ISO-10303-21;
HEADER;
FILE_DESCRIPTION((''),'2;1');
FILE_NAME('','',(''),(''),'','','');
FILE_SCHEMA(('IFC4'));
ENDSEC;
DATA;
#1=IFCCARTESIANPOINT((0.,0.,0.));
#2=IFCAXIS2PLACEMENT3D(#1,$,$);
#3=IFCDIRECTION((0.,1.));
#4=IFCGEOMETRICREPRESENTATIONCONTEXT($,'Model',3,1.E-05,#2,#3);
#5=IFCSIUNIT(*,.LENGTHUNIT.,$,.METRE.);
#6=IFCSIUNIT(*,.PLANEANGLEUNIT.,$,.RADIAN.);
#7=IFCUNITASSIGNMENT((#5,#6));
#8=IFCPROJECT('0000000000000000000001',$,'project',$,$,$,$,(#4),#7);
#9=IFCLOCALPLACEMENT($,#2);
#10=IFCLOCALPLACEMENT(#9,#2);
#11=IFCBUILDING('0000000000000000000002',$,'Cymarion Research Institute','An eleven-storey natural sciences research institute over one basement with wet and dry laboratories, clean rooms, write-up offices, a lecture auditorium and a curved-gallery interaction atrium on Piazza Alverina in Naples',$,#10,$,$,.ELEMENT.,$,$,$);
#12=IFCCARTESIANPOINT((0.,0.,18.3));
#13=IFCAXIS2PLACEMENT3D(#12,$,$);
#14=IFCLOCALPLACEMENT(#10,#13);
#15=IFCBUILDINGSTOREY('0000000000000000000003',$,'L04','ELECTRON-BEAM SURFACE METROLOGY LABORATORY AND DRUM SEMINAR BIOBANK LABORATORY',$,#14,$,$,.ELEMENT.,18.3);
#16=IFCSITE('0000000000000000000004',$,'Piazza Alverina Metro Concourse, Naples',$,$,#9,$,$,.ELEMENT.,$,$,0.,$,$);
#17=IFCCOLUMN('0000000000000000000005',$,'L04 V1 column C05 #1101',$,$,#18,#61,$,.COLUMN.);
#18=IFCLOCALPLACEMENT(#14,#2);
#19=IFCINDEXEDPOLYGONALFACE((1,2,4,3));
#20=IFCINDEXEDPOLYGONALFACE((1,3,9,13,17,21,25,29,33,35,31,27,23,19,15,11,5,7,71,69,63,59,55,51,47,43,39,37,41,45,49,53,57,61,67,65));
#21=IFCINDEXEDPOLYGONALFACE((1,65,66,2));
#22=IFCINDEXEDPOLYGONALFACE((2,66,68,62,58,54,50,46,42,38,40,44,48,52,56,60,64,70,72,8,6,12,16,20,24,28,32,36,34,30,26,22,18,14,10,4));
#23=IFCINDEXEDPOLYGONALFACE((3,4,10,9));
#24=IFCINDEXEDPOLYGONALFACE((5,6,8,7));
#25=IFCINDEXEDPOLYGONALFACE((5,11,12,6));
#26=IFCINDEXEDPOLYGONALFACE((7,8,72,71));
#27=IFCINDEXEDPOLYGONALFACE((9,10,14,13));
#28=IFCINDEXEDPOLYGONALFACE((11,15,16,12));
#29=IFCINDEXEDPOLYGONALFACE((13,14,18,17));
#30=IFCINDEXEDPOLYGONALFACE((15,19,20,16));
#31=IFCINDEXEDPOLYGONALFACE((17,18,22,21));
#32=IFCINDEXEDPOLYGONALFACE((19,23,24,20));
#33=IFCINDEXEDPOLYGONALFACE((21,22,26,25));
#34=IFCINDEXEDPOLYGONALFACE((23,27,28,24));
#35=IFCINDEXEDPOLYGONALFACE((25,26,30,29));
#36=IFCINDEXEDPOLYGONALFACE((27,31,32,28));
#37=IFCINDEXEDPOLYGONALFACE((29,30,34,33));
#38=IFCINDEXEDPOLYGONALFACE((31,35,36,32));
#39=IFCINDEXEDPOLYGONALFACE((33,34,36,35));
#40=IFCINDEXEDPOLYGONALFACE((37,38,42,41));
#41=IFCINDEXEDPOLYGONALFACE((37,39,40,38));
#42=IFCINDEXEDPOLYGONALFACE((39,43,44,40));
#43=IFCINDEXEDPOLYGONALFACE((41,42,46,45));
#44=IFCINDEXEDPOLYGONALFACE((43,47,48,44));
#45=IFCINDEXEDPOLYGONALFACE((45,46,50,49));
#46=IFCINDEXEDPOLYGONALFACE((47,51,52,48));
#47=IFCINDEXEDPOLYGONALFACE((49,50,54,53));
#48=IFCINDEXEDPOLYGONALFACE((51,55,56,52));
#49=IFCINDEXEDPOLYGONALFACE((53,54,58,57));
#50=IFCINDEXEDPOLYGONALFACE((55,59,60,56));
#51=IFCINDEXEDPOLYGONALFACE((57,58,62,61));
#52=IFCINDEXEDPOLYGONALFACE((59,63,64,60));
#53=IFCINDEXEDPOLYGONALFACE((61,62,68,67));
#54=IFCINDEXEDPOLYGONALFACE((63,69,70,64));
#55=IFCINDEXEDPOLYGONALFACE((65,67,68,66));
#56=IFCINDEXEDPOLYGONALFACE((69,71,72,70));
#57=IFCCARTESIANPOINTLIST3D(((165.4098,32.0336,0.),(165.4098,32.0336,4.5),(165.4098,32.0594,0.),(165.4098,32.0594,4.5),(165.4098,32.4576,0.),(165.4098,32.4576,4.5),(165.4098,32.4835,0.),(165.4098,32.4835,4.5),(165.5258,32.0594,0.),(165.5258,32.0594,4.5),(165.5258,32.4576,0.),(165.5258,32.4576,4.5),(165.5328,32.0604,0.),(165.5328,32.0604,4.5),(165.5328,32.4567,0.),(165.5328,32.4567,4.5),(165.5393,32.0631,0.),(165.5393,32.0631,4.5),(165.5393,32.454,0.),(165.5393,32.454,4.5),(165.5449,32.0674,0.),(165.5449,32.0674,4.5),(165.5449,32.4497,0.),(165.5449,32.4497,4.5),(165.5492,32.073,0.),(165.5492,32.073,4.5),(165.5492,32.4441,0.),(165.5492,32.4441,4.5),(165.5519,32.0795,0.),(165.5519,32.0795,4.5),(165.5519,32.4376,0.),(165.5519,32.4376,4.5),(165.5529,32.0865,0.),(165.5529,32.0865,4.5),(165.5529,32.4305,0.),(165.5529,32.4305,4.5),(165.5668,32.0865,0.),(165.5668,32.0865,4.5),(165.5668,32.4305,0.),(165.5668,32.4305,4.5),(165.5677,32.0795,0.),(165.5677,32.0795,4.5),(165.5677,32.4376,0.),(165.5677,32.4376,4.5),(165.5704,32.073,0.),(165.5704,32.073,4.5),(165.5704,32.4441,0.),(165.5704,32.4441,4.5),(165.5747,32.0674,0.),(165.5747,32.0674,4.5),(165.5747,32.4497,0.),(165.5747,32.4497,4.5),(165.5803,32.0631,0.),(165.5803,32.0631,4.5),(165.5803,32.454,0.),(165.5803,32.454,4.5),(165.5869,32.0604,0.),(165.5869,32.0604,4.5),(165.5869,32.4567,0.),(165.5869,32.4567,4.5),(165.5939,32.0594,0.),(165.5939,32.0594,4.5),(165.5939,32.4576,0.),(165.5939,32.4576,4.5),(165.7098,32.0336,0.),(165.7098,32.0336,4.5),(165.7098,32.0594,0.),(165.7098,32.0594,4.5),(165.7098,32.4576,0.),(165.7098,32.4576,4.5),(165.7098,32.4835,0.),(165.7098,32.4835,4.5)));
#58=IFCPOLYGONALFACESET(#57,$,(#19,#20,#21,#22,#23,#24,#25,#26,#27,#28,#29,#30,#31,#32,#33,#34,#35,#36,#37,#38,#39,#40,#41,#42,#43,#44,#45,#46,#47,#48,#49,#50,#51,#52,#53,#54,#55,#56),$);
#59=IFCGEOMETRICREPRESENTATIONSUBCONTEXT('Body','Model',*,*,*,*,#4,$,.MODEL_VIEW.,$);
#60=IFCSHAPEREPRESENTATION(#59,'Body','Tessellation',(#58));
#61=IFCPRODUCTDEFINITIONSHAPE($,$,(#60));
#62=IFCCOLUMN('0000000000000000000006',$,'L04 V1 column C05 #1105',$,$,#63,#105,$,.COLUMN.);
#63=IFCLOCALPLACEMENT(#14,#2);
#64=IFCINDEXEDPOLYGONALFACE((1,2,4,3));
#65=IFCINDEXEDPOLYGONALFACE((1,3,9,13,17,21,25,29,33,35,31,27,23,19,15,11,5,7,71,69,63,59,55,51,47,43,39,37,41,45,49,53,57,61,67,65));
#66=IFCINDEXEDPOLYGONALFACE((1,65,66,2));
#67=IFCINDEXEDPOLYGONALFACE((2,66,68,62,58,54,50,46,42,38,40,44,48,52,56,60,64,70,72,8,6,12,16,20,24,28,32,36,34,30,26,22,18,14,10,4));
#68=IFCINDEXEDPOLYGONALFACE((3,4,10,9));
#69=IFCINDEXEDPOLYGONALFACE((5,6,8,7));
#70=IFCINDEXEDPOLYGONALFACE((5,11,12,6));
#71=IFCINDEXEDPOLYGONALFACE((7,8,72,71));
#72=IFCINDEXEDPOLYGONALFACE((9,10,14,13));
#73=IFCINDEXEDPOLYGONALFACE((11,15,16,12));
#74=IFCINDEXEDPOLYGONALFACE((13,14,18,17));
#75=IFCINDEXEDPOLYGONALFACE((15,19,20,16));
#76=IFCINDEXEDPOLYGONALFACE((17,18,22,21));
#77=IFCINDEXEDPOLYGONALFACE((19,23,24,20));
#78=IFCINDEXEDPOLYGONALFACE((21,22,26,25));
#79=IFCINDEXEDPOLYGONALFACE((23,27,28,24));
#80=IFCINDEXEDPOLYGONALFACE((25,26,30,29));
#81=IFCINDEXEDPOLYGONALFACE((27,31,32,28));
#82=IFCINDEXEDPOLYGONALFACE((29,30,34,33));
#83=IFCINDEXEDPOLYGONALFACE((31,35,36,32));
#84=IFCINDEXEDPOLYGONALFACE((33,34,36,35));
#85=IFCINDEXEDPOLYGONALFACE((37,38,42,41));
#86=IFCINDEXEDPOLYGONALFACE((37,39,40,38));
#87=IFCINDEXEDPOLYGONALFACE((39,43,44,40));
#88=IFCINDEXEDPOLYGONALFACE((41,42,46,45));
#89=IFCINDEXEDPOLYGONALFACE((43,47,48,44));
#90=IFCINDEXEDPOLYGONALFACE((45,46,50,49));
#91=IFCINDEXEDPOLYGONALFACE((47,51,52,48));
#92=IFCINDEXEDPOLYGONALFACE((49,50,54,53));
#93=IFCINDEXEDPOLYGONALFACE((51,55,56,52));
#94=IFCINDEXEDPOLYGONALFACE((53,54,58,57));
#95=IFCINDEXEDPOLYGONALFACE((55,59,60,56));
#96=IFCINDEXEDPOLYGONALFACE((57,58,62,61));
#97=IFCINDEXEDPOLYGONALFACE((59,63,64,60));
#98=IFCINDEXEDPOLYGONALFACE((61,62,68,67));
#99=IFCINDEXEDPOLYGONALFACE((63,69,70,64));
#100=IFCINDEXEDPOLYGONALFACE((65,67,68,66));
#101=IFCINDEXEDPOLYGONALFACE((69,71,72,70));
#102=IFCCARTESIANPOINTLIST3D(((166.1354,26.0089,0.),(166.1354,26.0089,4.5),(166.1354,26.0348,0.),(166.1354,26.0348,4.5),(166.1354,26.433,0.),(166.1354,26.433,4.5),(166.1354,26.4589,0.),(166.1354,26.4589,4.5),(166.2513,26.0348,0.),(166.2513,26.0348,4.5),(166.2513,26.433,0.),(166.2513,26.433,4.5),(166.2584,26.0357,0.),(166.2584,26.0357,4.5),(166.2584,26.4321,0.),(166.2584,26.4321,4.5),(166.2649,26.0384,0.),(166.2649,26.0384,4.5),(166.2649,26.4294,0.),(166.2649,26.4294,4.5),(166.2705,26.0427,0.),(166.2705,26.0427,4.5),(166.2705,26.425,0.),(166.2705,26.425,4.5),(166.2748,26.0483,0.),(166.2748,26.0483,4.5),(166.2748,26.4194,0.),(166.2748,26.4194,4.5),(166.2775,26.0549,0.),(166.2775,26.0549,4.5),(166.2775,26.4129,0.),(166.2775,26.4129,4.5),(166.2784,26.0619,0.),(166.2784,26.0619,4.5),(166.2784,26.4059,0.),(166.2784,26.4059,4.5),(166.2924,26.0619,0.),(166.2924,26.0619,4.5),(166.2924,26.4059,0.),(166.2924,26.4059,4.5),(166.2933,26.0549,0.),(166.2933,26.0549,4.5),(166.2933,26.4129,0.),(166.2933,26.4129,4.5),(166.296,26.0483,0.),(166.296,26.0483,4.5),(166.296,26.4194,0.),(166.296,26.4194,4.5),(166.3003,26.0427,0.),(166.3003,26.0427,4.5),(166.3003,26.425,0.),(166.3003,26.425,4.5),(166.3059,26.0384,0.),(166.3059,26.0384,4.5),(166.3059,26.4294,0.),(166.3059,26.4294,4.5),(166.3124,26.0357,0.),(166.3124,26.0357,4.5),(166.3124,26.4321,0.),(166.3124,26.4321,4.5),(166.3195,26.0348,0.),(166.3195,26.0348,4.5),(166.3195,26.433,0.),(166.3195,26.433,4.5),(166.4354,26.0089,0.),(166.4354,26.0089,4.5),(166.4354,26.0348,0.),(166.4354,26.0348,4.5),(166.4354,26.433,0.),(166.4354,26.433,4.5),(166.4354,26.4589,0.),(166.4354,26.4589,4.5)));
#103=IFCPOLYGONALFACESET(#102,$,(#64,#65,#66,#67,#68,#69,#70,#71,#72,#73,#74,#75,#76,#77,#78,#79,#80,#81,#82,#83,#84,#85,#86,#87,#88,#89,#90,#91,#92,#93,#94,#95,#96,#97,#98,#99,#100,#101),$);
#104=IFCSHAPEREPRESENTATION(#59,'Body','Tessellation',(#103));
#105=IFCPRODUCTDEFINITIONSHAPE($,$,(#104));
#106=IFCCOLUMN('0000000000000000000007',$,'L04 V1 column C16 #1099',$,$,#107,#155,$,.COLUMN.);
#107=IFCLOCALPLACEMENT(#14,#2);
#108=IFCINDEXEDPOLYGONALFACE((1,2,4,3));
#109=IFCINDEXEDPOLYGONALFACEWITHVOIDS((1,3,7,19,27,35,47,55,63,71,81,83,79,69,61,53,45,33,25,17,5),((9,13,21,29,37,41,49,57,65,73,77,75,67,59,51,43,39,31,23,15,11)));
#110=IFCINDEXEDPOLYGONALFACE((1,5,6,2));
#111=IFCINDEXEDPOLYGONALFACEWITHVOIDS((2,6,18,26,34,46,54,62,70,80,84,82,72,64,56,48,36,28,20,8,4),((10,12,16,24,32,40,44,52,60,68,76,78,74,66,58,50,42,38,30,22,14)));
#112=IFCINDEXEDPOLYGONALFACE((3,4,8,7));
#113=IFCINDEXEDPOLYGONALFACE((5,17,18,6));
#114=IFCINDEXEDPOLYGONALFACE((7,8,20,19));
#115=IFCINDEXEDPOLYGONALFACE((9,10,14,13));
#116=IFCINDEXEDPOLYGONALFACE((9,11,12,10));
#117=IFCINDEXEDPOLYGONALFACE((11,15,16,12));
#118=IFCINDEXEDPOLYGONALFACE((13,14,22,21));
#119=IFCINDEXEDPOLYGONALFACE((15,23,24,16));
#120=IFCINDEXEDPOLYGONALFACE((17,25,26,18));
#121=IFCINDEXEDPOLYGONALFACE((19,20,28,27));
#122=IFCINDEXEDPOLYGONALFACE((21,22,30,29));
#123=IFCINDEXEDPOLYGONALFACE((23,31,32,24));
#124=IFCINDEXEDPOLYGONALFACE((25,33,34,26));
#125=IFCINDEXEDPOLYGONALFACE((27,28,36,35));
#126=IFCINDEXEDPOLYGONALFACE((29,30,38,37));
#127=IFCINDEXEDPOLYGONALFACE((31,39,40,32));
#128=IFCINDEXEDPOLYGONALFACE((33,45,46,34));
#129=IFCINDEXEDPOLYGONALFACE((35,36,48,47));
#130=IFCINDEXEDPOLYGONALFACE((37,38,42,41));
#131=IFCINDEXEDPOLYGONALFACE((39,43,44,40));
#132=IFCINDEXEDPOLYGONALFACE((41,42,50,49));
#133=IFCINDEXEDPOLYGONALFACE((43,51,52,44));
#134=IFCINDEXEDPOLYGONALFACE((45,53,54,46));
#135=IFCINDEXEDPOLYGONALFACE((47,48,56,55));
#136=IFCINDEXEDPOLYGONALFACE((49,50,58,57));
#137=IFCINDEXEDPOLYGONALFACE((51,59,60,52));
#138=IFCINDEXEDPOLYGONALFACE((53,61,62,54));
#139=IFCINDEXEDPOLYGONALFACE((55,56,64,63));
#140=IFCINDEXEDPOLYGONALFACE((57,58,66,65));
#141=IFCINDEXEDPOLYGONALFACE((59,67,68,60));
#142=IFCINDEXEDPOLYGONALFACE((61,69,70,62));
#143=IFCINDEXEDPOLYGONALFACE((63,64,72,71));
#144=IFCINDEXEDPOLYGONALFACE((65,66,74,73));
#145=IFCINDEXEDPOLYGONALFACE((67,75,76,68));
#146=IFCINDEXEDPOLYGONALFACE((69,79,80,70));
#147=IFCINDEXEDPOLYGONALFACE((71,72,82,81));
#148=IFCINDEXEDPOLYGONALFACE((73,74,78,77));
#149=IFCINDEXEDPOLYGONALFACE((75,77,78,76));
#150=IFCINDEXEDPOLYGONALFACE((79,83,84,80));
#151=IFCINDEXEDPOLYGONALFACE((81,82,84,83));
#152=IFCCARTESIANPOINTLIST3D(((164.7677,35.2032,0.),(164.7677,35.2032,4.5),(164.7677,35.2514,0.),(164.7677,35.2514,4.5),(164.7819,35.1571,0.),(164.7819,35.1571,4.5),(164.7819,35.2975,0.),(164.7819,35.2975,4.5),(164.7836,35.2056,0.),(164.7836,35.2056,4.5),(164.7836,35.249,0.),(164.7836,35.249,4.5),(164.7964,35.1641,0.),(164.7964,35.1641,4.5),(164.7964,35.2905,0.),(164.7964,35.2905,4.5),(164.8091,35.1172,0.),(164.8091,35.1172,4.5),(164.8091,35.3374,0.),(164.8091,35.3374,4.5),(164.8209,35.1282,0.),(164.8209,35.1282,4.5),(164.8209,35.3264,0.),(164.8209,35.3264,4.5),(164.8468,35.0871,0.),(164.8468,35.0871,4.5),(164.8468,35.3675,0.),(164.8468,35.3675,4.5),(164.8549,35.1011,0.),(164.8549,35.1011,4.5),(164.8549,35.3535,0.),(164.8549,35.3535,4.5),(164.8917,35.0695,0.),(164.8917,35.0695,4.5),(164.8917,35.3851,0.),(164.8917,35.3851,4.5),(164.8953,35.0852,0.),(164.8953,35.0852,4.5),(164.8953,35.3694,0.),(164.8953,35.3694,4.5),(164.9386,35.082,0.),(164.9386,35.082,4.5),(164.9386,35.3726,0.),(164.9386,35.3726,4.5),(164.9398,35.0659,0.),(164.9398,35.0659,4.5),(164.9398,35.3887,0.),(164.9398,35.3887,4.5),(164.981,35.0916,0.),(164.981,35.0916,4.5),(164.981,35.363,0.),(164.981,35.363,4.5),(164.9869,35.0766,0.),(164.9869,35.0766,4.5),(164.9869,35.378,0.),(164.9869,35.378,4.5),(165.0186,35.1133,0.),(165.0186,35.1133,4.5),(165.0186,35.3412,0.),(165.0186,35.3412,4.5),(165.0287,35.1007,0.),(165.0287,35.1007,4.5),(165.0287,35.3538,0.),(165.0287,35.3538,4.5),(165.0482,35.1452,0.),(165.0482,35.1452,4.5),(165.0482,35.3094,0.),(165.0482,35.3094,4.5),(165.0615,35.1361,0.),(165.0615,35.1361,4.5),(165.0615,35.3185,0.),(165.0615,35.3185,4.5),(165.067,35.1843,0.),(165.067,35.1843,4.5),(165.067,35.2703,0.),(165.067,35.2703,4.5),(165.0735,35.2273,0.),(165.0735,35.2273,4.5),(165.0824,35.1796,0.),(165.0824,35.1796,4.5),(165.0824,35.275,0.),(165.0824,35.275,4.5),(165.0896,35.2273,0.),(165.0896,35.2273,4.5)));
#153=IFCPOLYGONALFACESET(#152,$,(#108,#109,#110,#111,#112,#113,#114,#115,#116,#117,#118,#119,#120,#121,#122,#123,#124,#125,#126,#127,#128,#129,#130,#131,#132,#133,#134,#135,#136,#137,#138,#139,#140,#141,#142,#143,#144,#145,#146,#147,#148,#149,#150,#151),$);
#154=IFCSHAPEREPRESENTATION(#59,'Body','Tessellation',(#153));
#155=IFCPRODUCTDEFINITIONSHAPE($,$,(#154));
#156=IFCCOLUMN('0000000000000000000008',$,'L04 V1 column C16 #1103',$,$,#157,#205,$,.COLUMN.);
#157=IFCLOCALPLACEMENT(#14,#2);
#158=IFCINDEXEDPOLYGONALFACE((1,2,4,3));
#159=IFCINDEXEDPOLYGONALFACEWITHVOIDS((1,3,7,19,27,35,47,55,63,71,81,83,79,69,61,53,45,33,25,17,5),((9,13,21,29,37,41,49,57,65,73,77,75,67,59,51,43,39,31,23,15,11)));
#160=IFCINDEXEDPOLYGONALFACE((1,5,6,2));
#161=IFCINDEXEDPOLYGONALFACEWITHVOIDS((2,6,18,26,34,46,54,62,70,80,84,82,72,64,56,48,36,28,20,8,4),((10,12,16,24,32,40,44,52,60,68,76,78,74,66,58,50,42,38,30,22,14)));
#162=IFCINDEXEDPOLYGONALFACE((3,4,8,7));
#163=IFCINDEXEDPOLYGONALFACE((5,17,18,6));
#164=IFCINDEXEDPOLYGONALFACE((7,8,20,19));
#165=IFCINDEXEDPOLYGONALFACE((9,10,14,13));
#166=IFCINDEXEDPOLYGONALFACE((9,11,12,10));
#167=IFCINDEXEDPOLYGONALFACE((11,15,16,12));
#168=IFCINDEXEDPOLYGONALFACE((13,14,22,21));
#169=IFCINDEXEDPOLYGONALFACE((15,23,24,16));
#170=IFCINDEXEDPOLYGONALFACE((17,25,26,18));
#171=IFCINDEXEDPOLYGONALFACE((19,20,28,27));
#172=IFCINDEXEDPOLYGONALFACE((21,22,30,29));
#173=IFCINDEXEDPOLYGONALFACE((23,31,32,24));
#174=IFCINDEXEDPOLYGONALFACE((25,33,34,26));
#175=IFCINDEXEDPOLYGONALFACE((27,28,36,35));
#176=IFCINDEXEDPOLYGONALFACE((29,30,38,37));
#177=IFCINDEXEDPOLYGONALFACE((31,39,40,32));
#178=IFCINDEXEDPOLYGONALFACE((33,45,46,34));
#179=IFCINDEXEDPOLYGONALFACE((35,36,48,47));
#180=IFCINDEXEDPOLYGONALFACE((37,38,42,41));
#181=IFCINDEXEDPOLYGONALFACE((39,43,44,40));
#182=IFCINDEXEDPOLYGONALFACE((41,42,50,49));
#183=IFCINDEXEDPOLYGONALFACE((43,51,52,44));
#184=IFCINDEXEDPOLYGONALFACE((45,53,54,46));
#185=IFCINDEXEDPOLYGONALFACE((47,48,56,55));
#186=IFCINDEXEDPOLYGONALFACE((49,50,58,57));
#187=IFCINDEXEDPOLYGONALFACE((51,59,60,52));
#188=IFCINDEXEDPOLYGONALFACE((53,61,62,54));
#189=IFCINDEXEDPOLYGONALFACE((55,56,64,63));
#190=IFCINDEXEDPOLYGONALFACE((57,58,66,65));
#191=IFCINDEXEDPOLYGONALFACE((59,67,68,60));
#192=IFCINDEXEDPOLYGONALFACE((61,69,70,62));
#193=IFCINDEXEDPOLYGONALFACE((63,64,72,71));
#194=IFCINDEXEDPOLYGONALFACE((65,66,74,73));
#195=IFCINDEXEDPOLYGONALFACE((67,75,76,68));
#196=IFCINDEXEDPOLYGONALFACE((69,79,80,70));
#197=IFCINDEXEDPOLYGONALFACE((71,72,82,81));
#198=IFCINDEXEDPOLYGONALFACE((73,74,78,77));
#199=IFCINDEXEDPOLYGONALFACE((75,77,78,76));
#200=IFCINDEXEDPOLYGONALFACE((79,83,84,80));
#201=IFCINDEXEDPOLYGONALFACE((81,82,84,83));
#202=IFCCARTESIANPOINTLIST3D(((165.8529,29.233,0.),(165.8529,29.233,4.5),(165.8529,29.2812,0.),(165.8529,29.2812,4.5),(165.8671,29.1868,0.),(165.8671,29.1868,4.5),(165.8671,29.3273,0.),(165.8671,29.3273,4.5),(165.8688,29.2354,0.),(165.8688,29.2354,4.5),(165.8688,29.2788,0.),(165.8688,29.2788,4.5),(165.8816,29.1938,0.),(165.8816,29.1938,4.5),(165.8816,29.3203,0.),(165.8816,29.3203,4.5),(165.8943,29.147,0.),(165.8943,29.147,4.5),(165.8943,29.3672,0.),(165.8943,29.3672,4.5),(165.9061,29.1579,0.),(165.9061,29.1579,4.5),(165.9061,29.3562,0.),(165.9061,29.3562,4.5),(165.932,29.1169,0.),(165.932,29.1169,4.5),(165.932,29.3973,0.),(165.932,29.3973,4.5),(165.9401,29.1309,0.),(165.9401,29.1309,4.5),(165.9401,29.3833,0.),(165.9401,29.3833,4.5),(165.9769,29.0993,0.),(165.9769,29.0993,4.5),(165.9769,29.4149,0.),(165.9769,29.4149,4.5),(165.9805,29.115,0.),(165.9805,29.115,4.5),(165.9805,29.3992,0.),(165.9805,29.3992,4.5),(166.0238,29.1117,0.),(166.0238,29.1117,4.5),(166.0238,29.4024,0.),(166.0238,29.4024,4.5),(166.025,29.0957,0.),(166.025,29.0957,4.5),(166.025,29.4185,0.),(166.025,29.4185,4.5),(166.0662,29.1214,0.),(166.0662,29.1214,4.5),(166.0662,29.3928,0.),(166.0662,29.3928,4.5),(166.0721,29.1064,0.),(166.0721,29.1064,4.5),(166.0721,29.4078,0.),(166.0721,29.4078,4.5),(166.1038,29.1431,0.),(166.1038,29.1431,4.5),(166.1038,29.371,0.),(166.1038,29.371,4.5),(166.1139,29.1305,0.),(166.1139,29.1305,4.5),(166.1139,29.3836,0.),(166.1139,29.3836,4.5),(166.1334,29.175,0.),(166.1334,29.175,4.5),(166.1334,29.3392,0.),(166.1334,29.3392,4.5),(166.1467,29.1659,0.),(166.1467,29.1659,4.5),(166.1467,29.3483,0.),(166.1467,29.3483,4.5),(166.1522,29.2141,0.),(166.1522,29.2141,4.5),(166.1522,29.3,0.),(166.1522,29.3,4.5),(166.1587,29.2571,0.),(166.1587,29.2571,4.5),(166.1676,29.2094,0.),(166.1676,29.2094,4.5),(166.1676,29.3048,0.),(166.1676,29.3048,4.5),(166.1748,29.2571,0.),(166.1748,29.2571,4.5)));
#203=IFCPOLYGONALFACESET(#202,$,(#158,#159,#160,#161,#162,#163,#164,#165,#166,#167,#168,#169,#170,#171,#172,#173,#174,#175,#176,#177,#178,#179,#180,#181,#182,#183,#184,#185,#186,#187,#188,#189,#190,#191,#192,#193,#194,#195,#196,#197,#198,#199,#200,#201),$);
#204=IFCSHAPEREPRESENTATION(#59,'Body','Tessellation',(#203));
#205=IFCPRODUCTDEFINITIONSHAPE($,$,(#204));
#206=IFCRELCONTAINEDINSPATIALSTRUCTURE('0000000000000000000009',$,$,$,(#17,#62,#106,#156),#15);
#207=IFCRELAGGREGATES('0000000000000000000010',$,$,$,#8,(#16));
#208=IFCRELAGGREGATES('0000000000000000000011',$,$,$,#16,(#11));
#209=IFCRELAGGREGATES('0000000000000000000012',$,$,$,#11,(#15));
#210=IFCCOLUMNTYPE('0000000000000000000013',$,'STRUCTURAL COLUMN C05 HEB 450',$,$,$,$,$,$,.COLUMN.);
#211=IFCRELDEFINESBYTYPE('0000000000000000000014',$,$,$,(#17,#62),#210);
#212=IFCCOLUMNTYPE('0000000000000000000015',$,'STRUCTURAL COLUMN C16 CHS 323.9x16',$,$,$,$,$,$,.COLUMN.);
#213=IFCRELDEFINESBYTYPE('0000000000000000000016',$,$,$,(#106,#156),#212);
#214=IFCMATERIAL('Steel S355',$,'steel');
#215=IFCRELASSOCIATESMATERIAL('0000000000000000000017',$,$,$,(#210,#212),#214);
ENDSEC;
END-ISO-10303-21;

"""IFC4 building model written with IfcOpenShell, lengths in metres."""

from ifc_helpers import new_model, si_unit, direction, frame, origin, origin_2d, place, context, subcontext, project, spatial, hollow_circle, i_section, extrude, material, material_profile, profile_set, type_object, element, save


model = new_model("IFC4")

# Units and contexts
model_context = context("Model", 3, precision=1e-05, world=origin(), true_north=direction((0.0, 1.0)))
body_context = subcontext(model_context, "Body", "Model", "MODEL_VIEW")
ifc_project = project(units=[si_unit("LENGTHUNIT", "METRE"), si_unit("PLANEANGLEUNIT", "RADIAN")], contexts=[model_context])

# Site, building, storey
site_placement = place(None, origin())
site = spatial("IfcSite", under=ifc_project, at=site_placement, Name="Piazza Alverina Metro Concourse, Naples", CompositionType="ELEMENT", RefElevation=0.0)
building_placement = place(site_placement, origin())
building = spatial("IfcBuilding", under=site, at=building_placement, Name="Cymarion Research Institute", Description="An eleven-storey natural sciences research institute over one basement with wet and dry laboratories, clean rooms, write-up offices, a lecture auditorium and a curved-gallery interaction atrium on Piazza Alverina in Naples", CompositionType="ELEMENT")
storey_placement = place(building_placement, frame((0.0, 0.0, 18.3)))
storey = spatial("IfcBuildingStorey", under=building, at=storey_placement, Name="L04", Description="ELECTRON-BEAM SURFACE METROLOGY LABORATORY AND DRUM SEMINAR BIOBANK LABORATORY", CompositionType="ELEMENT", Elevation=18.3)

# Columns
ifc_material_1 = material(Name="Steel S355", Category="steel")
ifc_material_profile_1 = material_profile(ifc_material_1, i_section(OverallWidth=0.3, OverallDepth=0.45, WebThickness=0.0139, FlangeThickness=0.0259, FilletRadius=0.0271, at=origin_2d()), Name="HEB 450")
ifc_profile_set_1 = profile_set([ifc_material_profile_1], Name="Steel S355")
column_type_1 = type_object("IfcColumnType", Name="STRUCTURAL COLUMN C05 HEB 450", PredefinedType="COLUMN", material=ifc_profile_set_1)
for number, where, z_axis, x_axis, name in (
    (1, (165.5598, 32.2585, 0.0), (0.0, 0.0, 1.0), (1.0, 0.0, 0.0), "L04 V1 column C05 #1101"),
    (2, (166.2854, 26.2339, 0.0), (0.0, 0.0, 1.0), (1.0, 0.0, 0.0), "L04 V1 column C05 #1105"),
):
    element("IfcColumn", number, at=place(storey_placement, frame(where, z_axis=z_axis, x_axis=x_axis)), inside=storey, type_object=column_type_1, Name=name, PredefinedType="COLUMN", context=body_context, shape_type="SweptSolid", body=[
        extrude(i_section(OverallWidth=0.3, OverallDepth=0.45, WebThickness=0.0139, FlangeThickness=0.0259, FilletRadius=0.0271, at=origin_2d()), origin(), (0.0, 0.0, 1.0), 4.5),
    ])
ifc_material_profile_2 = material_profile(ifc_material_1, hollow_circle(Radius=0.1619, WallThickness=0.0161, at=origin_2d()), Name="CHS 323.9x16")
ifc_profile_set_2 = profile_set([ifc_material_profile_2], Name="Steel S355")
column_type_2 = type_object("IfcColumnType", Name="STRUCTURAL COLUMN C16 CHS 323.9x16", PredefinedType="COLUMN", material=ifc_profile_set_2)
for number, where, z_axis, x_axis, name in (
    (3, (164.9277, 35.2273, 0.0), (0.0, 0.0, 1.0), (1.0, 0.0, 0.0), "L04 V1 column C16 #1099"),
    (4, (166.0129, 29.2571, 0.0), (0.0, 0.0, 1.0), (1.0, 0.0, 0.0), "L04 V1 column C16 #1103"),
):
    element("IfcColumn", number, at=place(storey_placement, frame(where, z_axis=z_axis, x_axis=x_axis)), inside=storey, type_object=column_type_2, Name=name, PredefinedType="COLUMN", context=body_context, shape_type="SweptSolid", body=[
        extrude(hollow_circle(Radius=0.1619, WallThickness=0.0161, at=origin_2d()), origin(), (0.0, 0.0, 1.0), 4.5),
    ])

save(model, "model.ifc")
